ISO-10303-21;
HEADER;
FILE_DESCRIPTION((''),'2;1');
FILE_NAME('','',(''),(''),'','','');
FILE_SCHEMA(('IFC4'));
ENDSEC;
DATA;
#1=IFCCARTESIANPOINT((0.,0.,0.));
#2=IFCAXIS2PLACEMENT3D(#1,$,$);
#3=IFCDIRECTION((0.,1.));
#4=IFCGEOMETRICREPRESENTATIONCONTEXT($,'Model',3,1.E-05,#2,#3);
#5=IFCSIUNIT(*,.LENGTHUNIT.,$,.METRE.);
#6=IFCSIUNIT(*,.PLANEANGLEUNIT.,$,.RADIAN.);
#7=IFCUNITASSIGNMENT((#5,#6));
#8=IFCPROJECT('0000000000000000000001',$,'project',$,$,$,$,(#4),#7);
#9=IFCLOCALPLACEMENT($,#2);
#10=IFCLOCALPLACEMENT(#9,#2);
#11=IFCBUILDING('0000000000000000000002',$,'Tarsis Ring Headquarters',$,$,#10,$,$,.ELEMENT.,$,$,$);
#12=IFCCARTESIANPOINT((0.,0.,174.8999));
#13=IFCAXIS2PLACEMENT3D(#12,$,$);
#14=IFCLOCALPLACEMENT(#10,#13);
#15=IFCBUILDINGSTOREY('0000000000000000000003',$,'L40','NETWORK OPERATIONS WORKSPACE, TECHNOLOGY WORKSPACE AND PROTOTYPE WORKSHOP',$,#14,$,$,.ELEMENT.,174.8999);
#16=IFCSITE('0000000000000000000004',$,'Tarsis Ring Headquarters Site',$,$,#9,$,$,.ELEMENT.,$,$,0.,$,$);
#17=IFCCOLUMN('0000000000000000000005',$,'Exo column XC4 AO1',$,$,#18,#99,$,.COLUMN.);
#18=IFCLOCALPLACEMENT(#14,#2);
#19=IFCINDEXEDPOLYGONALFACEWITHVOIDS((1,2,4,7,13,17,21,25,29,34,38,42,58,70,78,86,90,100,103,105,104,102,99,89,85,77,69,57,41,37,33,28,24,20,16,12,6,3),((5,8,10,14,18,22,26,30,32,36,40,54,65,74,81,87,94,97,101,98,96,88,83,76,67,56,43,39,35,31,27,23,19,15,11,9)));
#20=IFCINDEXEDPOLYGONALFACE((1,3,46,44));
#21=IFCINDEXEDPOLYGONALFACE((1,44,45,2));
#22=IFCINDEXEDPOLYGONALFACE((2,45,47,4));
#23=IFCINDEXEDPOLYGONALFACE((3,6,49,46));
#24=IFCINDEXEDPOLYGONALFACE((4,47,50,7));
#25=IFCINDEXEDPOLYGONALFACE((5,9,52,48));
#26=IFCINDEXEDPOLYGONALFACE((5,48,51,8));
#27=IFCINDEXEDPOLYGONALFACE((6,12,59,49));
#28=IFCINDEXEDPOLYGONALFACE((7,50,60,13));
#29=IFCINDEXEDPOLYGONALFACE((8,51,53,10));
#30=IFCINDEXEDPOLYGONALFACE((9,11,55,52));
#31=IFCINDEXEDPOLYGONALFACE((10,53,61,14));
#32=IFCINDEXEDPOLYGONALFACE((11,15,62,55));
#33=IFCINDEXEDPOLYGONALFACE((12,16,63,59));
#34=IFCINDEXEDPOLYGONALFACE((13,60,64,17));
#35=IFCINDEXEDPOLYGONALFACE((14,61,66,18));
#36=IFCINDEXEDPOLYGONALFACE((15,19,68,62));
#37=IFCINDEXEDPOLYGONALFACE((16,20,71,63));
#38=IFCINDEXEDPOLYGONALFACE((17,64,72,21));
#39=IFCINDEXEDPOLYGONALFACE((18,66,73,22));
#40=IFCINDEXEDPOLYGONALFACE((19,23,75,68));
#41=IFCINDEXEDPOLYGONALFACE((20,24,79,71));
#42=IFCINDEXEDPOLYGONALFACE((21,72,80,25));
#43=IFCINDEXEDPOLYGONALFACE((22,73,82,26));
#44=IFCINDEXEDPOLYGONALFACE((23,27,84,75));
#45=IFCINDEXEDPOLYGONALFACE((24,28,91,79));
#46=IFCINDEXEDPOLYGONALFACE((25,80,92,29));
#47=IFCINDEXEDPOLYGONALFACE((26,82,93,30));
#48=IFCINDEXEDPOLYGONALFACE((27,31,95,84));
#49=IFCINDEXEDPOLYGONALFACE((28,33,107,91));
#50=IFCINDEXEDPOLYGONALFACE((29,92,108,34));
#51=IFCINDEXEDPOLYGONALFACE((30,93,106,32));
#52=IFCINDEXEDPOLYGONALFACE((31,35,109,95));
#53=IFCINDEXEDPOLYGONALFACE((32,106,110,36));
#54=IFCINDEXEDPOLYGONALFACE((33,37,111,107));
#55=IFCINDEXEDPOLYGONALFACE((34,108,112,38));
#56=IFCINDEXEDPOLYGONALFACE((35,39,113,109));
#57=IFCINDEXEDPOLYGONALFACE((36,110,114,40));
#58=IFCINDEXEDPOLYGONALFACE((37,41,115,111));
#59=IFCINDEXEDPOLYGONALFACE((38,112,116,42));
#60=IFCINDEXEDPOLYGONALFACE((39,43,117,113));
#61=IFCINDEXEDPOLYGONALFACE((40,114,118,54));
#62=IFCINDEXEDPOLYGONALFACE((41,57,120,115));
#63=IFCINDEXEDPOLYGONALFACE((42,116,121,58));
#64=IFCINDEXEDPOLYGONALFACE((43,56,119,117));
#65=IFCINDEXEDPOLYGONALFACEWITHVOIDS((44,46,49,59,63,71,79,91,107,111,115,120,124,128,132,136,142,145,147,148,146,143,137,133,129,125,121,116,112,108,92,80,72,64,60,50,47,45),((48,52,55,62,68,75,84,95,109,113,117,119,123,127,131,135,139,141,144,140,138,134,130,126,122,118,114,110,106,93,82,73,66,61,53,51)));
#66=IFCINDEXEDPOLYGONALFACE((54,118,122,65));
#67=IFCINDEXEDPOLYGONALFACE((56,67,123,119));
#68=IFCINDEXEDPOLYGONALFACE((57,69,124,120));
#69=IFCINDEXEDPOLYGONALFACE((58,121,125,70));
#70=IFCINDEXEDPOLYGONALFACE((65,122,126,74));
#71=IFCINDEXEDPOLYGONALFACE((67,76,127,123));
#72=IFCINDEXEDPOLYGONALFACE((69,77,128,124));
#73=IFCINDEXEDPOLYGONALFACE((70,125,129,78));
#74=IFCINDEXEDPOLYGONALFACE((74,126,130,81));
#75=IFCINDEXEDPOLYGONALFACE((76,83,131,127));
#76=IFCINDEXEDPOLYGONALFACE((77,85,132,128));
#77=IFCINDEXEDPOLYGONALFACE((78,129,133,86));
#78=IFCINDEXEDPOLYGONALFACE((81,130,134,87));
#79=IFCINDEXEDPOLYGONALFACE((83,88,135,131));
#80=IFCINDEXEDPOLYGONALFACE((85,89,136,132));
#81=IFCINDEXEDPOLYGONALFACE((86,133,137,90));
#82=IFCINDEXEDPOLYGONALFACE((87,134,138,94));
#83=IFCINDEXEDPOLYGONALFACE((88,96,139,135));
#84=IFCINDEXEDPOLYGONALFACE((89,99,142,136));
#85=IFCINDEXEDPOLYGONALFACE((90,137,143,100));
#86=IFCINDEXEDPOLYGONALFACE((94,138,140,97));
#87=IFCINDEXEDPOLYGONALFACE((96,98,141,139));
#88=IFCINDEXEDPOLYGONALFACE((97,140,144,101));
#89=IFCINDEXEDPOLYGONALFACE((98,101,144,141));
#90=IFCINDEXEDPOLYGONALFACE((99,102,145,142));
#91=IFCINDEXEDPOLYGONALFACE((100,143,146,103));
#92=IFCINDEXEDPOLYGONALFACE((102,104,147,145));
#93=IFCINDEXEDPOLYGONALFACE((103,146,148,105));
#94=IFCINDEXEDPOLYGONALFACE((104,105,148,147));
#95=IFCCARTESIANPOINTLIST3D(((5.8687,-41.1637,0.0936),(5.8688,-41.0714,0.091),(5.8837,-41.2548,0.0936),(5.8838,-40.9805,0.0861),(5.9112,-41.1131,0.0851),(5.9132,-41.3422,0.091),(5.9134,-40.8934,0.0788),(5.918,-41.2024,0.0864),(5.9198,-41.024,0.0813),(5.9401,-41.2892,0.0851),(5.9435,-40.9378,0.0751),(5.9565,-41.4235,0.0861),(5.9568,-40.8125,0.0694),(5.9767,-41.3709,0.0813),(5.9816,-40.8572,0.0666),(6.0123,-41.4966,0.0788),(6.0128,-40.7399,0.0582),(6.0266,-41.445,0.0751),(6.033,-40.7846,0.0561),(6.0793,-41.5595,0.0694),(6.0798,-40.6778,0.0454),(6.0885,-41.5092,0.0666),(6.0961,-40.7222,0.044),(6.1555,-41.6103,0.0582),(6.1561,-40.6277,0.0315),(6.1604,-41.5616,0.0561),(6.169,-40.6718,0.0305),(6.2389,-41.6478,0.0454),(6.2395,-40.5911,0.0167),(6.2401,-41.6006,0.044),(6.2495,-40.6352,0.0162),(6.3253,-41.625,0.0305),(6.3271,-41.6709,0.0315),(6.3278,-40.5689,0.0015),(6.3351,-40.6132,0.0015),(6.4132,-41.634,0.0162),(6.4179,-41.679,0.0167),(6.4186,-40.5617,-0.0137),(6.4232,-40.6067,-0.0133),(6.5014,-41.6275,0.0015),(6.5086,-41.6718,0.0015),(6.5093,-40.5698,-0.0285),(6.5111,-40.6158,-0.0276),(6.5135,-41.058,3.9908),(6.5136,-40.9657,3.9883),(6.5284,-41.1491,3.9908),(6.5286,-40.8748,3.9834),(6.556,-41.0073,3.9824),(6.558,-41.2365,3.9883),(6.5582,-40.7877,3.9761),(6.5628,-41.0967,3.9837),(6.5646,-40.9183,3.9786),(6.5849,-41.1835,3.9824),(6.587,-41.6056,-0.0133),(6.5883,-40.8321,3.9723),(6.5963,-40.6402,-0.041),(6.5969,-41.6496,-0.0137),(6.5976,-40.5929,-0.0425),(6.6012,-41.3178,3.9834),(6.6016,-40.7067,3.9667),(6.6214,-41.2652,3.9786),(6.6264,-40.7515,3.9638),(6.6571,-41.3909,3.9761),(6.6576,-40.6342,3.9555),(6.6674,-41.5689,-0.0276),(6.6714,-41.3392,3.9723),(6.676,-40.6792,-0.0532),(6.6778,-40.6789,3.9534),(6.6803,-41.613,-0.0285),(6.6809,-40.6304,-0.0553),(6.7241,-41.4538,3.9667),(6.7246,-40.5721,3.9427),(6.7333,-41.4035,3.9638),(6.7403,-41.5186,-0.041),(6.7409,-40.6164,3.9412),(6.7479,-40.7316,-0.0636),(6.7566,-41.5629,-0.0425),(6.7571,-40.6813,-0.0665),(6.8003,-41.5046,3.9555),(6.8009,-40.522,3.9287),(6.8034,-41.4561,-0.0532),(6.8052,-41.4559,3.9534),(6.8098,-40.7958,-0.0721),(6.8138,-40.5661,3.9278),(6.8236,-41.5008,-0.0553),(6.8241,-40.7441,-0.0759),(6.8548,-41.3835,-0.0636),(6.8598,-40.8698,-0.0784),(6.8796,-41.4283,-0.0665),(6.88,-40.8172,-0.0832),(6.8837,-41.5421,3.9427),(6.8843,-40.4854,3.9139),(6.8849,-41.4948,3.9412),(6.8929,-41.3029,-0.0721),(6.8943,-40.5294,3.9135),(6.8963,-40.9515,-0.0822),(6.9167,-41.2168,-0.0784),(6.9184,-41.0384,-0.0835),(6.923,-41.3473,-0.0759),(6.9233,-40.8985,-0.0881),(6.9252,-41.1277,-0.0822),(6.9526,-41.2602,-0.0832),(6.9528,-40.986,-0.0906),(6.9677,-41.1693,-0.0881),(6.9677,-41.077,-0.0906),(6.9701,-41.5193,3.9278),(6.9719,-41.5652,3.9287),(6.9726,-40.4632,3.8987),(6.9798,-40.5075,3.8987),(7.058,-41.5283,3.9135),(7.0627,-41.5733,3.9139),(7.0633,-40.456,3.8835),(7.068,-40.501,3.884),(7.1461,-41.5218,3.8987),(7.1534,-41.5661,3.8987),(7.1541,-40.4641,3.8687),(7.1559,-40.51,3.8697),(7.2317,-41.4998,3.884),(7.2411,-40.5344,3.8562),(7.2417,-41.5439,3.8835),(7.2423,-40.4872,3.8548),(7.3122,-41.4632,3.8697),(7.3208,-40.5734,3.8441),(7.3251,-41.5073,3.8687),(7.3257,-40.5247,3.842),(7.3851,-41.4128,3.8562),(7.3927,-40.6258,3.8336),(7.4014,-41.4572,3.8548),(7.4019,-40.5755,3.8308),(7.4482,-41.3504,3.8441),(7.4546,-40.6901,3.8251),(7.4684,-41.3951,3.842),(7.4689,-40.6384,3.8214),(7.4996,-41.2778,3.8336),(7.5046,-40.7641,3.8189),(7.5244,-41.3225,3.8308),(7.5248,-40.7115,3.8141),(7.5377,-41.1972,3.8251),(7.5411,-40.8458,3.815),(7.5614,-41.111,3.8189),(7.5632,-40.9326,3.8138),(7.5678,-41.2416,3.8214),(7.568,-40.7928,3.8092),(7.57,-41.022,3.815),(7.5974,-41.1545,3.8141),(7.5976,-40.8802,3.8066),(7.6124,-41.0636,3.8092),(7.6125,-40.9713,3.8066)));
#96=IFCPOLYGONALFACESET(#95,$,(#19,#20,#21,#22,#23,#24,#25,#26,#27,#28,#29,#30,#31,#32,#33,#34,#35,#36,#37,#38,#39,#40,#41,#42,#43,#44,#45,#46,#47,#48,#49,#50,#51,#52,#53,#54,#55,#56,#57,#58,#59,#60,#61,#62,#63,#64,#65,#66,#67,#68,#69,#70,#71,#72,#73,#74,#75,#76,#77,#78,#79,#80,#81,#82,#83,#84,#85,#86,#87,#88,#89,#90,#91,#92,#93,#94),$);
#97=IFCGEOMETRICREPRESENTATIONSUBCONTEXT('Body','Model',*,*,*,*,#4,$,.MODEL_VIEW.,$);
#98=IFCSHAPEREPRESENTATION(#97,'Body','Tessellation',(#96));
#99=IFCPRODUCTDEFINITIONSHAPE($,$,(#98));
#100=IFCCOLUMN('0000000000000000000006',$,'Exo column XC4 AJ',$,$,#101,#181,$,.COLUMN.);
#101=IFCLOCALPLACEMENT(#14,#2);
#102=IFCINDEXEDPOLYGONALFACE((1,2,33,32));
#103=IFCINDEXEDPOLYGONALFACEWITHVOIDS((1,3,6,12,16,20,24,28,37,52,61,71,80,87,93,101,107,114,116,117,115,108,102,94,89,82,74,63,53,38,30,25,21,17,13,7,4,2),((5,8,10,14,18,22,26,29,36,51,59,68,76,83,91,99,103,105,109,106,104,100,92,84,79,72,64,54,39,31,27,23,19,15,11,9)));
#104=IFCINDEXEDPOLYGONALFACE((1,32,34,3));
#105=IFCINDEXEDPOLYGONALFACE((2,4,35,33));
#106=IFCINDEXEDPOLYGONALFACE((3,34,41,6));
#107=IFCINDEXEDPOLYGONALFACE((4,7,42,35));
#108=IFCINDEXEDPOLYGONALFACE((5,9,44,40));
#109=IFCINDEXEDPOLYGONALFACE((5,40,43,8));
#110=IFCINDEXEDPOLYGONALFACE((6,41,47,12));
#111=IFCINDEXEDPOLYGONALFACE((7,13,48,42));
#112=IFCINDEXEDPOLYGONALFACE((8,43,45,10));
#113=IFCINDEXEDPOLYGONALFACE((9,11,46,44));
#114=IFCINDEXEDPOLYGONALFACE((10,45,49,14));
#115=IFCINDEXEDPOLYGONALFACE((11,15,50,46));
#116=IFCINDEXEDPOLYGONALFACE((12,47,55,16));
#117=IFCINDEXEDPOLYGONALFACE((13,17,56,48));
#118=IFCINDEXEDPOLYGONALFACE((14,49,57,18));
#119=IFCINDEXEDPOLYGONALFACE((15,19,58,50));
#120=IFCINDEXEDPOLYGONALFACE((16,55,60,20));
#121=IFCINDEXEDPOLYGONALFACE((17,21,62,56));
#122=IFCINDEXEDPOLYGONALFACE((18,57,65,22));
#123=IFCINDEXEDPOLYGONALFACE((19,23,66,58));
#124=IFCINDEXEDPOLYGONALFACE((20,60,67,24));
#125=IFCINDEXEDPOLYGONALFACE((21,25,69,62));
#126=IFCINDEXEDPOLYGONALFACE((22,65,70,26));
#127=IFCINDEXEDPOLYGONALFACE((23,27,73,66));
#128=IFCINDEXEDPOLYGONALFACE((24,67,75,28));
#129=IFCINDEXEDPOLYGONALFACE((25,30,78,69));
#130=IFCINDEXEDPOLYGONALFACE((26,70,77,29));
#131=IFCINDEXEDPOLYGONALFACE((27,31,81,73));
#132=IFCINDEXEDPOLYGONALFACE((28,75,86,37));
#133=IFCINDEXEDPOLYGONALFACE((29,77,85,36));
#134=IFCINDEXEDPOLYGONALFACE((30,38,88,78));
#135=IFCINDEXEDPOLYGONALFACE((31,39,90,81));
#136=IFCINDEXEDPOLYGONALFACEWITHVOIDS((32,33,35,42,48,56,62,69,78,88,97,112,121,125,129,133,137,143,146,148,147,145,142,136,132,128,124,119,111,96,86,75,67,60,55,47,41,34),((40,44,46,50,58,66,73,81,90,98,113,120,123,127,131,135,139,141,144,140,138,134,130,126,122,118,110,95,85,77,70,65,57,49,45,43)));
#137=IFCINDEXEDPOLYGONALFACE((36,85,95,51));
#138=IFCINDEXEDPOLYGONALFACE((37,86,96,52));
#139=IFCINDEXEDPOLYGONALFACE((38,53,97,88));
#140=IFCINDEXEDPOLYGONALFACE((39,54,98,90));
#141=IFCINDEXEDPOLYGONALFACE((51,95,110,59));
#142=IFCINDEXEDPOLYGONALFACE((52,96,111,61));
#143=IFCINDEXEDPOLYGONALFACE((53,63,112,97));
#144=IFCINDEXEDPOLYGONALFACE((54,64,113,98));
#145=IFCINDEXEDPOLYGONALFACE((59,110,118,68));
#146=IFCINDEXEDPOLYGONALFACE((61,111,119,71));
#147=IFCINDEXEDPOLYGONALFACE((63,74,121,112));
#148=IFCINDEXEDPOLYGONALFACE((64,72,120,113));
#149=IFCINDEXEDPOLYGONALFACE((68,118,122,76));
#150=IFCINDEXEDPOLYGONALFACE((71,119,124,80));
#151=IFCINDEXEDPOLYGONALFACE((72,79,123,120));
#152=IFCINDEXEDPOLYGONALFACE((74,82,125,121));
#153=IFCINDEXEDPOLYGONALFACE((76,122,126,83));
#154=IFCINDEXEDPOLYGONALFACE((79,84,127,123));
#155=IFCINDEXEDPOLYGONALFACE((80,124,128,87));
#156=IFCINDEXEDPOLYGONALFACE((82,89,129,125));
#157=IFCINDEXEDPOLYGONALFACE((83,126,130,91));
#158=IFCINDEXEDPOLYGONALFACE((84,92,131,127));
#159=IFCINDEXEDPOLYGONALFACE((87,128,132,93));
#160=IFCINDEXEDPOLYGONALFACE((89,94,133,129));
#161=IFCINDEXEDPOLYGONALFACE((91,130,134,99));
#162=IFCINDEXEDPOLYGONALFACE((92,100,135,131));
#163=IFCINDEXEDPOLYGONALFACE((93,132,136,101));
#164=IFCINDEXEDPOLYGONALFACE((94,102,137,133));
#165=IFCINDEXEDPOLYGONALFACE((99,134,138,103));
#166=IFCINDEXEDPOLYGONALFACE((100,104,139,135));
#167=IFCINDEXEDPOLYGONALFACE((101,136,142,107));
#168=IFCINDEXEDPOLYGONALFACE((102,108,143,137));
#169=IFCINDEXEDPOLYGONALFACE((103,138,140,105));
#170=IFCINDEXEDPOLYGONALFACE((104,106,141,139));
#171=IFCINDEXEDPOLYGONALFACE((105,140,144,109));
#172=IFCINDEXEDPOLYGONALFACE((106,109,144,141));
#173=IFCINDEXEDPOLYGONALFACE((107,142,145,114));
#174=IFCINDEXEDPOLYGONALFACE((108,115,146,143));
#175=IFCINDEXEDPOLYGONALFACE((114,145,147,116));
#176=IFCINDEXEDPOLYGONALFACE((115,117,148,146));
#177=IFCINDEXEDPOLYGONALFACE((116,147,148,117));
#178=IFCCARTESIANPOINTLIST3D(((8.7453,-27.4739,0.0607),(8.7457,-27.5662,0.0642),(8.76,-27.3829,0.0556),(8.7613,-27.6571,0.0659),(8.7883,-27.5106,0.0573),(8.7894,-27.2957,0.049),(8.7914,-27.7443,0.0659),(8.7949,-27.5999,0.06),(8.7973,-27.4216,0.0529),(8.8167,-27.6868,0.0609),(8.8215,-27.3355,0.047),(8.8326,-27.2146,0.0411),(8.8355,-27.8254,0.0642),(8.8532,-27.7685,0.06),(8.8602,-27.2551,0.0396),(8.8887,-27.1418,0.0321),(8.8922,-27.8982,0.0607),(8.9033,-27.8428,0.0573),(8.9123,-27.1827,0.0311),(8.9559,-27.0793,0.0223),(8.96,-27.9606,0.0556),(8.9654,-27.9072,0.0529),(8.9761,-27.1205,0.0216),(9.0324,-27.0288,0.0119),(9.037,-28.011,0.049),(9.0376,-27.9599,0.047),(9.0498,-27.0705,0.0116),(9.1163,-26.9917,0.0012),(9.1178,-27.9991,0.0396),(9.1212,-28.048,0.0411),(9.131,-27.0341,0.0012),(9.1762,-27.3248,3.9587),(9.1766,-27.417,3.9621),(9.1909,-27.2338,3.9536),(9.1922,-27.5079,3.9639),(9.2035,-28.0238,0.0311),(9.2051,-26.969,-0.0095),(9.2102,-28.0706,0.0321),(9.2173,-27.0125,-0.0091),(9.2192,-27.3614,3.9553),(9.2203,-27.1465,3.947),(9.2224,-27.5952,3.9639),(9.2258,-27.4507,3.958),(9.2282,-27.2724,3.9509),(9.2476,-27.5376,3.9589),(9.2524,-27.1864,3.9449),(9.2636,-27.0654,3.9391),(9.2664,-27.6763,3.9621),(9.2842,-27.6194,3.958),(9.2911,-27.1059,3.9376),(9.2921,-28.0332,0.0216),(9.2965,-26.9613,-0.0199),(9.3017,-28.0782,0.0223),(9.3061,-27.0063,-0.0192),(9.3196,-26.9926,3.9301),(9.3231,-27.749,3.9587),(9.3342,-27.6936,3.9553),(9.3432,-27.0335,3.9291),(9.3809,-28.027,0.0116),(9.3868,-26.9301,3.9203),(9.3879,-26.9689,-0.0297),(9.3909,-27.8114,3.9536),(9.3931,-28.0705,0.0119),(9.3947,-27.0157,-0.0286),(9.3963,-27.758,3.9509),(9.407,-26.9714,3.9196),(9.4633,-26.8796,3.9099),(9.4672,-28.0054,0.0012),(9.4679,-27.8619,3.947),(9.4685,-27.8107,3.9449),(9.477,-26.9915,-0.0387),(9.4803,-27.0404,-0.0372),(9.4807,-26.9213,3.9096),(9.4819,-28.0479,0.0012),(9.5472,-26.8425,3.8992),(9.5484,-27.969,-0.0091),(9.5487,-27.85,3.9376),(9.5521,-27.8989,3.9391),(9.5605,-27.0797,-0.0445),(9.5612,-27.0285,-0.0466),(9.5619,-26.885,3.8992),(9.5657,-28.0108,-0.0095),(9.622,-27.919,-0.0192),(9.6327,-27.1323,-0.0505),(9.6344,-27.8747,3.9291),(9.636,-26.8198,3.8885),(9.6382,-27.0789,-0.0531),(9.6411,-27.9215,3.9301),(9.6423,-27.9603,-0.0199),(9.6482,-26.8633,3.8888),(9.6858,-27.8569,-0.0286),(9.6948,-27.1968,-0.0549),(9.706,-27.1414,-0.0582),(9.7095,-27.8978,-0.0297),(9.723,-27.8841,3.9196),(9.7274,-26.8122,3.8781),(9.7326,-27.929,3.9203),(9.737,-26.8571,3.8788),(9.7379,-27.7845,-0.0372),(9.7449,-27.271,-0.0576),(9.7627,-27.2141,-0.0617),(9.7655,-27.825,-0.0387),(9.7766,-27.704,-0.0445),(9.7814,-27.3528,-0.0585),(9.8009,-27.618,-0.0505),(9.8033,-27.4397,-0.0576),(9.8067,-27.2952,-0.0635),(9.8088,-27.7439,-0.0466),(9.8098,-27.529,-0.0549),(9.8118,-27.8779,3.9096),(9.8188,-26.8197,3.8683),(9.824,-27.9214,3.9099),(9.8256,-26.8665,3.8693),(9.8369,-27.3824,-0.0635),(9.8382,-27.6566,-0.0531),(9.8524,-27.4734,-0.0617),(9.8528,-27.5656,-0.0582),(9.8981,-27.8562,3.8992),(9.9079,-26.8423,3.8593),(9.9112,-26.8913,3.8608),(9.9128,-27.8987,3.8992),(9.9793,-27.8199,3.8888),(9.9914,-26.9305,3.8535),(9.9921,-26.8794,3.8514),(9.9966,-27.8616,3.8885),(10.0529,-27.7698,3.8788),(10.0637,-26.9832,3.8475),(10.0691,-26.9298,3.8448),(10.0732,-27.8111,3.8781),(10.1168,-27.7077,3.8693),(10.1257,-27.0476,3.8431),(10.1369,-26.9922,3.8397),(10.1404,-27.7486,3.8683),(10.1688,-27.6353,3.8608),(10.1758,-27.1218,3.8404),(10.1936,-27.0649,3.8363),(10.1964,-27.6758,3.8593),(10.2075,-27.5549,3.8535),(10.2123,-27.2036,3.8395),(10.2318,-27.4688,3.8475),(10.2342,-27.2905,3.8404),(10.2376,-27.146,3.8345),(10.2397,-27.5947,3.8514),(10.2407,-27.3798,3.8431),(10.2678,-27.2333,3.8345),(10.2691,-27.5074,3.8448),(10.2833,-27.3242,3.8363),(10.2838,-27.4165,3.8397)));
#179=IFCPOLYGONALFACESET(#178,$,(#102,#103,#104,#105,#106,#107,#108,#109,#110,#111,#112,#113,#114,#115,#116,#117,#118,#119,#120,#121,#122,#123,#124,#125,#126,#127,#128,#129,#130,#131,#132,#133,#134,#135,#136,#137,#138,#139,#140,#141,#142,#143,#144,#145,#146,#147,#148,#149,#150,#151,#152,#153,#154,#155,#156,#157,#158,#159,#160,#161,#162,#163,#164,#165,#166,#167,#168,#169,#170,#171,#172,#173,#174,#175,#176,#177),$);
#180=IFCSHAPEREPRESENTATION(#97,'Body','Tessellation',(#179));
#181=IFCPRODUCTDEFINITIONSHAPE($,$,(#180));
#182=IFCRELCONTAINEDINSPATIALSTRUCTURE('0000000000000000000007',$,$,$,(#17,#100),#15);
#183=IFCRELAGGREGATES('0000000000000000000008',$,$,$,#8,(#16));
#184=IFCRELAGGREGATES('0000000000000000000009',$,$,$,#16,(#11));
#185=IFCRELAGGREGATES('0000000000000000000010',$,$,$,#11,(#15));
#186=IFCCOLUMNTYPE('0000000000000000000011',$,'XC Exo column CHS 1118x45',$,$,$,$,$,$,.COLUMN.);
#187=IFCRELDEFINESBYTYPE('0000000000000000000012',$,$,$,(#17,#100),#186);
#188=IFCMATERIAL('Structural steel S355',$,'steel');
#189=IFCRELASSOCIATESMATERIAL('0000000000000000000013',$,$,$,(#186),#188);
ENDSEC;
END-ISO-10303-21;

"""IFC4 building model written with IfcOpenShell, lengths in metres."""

from ifc_helpers import new_model, si_unit, direction, frame, origin, origin_2d, place, context, subcontext, project, spatial, hollow_circle, extrude, material, material_profile, profile_set, type_object, element, save


model = new_model("IFC4")

# Units and contexts
model_context = context("Model", 3, precision=1e-05, world=origin(), true_north=direction((0.0, 1.0)))
body_context = subcontext(model_context, "Body", "Model", "MODEL_VIEW")
ifc_project = project(units=[si_unit("LENGTHUNIT", "METRE"), si_unit("PLANEANGLEUNIT", "RADIAN")], contexts=[model_context])

# Site, building, storey
site_placement = place(None, origin())
site = spatial("IfcSite", under=ifc_project, at=site_placement, Name="Tarsis Ring Headquarters Site", CompositionType="ELEMENT", RefElevation=0.0)
building_placement = place(site_placement, origin())
building = spatial("IfcBuilding", under=site, at=building_placement, Name="Tarsis Ring Headquarters", CompositionType="ELEMENT")
storey_placement = place(building_placement, frame((0.0, 0.0, 174.8999)))
storey = spatial("IfcBuildingStorey", under=building, at=storey_placement, Name="L40", Description="NETWORK OPERATIONS WORKSPACE, TECHNOLOGY WORKSPACE AND PROTOTYPE WORKSHOP", CompositionType="ELEMENT", Elevation=174.8999)

# Columns
ifc_material_1 = material(Name="Structural steel S355", Category="steel")
ifc_material_profile_1 = material_profile(ifc_material_1, hollow_circle(Radius=0.5588, WallThickness=0.0449, at=origin_2d()), Name="CHS 1118x45")
ifc_profile_set_1 = profile_set([ifc_material_profile_1], Name="Structural steel S355")
column_type = type_object("IfcColumnType", Name="XC Exo column CHS 1118x45", PredefinedType="COLUMN", material=ifc_profile_set_1)
column_placement = place(storey_placement, frame((6.4182, -41.1204, 0.0015), z_axis=(0.163168, 0.026752, 0.986236), x_axis=(-0.161793, 0.986825, 0.0)))
element("IfcColumn", 1, at=column_placement, inside=storey, type_object=column_type, Name="Exo column XC4 AO1", PredefinedType="COLUMN", context=body_context, shape_type="SweptSolid", body=[
    extrude(hollow_circle(Radius=0.5588, WallThickness=0.0449, at=origin_2d()), origin(), (0.0, 0.0, 1.0), 3.9517),
])
for number, where, z_axis, x_axis, name in (
    (2, (9.2991, -27.5198, 0.0012), (0.109799, 0.03801, 0.993227), (-0.327129, 0.94498, 0.0), "Exo column XC4 AJ"),
):
    element("IfcColumn", number, at=place(storey_placement, frame(where, z_axis=z_axis, x_axis=x_axis)), inside=storey, type_object=column_type, Name=name, PredefinedType="COLUMN", context=body_context, shape_type="SweptSolid", body=[
        extrude(hollow_circle(Radius=0.5588, WallThickness=0.0449, at=origin_2d()), origin(), (0.0, 0.0, 1.0), 3.9246),
    ])

save(model, "model.ifc")
